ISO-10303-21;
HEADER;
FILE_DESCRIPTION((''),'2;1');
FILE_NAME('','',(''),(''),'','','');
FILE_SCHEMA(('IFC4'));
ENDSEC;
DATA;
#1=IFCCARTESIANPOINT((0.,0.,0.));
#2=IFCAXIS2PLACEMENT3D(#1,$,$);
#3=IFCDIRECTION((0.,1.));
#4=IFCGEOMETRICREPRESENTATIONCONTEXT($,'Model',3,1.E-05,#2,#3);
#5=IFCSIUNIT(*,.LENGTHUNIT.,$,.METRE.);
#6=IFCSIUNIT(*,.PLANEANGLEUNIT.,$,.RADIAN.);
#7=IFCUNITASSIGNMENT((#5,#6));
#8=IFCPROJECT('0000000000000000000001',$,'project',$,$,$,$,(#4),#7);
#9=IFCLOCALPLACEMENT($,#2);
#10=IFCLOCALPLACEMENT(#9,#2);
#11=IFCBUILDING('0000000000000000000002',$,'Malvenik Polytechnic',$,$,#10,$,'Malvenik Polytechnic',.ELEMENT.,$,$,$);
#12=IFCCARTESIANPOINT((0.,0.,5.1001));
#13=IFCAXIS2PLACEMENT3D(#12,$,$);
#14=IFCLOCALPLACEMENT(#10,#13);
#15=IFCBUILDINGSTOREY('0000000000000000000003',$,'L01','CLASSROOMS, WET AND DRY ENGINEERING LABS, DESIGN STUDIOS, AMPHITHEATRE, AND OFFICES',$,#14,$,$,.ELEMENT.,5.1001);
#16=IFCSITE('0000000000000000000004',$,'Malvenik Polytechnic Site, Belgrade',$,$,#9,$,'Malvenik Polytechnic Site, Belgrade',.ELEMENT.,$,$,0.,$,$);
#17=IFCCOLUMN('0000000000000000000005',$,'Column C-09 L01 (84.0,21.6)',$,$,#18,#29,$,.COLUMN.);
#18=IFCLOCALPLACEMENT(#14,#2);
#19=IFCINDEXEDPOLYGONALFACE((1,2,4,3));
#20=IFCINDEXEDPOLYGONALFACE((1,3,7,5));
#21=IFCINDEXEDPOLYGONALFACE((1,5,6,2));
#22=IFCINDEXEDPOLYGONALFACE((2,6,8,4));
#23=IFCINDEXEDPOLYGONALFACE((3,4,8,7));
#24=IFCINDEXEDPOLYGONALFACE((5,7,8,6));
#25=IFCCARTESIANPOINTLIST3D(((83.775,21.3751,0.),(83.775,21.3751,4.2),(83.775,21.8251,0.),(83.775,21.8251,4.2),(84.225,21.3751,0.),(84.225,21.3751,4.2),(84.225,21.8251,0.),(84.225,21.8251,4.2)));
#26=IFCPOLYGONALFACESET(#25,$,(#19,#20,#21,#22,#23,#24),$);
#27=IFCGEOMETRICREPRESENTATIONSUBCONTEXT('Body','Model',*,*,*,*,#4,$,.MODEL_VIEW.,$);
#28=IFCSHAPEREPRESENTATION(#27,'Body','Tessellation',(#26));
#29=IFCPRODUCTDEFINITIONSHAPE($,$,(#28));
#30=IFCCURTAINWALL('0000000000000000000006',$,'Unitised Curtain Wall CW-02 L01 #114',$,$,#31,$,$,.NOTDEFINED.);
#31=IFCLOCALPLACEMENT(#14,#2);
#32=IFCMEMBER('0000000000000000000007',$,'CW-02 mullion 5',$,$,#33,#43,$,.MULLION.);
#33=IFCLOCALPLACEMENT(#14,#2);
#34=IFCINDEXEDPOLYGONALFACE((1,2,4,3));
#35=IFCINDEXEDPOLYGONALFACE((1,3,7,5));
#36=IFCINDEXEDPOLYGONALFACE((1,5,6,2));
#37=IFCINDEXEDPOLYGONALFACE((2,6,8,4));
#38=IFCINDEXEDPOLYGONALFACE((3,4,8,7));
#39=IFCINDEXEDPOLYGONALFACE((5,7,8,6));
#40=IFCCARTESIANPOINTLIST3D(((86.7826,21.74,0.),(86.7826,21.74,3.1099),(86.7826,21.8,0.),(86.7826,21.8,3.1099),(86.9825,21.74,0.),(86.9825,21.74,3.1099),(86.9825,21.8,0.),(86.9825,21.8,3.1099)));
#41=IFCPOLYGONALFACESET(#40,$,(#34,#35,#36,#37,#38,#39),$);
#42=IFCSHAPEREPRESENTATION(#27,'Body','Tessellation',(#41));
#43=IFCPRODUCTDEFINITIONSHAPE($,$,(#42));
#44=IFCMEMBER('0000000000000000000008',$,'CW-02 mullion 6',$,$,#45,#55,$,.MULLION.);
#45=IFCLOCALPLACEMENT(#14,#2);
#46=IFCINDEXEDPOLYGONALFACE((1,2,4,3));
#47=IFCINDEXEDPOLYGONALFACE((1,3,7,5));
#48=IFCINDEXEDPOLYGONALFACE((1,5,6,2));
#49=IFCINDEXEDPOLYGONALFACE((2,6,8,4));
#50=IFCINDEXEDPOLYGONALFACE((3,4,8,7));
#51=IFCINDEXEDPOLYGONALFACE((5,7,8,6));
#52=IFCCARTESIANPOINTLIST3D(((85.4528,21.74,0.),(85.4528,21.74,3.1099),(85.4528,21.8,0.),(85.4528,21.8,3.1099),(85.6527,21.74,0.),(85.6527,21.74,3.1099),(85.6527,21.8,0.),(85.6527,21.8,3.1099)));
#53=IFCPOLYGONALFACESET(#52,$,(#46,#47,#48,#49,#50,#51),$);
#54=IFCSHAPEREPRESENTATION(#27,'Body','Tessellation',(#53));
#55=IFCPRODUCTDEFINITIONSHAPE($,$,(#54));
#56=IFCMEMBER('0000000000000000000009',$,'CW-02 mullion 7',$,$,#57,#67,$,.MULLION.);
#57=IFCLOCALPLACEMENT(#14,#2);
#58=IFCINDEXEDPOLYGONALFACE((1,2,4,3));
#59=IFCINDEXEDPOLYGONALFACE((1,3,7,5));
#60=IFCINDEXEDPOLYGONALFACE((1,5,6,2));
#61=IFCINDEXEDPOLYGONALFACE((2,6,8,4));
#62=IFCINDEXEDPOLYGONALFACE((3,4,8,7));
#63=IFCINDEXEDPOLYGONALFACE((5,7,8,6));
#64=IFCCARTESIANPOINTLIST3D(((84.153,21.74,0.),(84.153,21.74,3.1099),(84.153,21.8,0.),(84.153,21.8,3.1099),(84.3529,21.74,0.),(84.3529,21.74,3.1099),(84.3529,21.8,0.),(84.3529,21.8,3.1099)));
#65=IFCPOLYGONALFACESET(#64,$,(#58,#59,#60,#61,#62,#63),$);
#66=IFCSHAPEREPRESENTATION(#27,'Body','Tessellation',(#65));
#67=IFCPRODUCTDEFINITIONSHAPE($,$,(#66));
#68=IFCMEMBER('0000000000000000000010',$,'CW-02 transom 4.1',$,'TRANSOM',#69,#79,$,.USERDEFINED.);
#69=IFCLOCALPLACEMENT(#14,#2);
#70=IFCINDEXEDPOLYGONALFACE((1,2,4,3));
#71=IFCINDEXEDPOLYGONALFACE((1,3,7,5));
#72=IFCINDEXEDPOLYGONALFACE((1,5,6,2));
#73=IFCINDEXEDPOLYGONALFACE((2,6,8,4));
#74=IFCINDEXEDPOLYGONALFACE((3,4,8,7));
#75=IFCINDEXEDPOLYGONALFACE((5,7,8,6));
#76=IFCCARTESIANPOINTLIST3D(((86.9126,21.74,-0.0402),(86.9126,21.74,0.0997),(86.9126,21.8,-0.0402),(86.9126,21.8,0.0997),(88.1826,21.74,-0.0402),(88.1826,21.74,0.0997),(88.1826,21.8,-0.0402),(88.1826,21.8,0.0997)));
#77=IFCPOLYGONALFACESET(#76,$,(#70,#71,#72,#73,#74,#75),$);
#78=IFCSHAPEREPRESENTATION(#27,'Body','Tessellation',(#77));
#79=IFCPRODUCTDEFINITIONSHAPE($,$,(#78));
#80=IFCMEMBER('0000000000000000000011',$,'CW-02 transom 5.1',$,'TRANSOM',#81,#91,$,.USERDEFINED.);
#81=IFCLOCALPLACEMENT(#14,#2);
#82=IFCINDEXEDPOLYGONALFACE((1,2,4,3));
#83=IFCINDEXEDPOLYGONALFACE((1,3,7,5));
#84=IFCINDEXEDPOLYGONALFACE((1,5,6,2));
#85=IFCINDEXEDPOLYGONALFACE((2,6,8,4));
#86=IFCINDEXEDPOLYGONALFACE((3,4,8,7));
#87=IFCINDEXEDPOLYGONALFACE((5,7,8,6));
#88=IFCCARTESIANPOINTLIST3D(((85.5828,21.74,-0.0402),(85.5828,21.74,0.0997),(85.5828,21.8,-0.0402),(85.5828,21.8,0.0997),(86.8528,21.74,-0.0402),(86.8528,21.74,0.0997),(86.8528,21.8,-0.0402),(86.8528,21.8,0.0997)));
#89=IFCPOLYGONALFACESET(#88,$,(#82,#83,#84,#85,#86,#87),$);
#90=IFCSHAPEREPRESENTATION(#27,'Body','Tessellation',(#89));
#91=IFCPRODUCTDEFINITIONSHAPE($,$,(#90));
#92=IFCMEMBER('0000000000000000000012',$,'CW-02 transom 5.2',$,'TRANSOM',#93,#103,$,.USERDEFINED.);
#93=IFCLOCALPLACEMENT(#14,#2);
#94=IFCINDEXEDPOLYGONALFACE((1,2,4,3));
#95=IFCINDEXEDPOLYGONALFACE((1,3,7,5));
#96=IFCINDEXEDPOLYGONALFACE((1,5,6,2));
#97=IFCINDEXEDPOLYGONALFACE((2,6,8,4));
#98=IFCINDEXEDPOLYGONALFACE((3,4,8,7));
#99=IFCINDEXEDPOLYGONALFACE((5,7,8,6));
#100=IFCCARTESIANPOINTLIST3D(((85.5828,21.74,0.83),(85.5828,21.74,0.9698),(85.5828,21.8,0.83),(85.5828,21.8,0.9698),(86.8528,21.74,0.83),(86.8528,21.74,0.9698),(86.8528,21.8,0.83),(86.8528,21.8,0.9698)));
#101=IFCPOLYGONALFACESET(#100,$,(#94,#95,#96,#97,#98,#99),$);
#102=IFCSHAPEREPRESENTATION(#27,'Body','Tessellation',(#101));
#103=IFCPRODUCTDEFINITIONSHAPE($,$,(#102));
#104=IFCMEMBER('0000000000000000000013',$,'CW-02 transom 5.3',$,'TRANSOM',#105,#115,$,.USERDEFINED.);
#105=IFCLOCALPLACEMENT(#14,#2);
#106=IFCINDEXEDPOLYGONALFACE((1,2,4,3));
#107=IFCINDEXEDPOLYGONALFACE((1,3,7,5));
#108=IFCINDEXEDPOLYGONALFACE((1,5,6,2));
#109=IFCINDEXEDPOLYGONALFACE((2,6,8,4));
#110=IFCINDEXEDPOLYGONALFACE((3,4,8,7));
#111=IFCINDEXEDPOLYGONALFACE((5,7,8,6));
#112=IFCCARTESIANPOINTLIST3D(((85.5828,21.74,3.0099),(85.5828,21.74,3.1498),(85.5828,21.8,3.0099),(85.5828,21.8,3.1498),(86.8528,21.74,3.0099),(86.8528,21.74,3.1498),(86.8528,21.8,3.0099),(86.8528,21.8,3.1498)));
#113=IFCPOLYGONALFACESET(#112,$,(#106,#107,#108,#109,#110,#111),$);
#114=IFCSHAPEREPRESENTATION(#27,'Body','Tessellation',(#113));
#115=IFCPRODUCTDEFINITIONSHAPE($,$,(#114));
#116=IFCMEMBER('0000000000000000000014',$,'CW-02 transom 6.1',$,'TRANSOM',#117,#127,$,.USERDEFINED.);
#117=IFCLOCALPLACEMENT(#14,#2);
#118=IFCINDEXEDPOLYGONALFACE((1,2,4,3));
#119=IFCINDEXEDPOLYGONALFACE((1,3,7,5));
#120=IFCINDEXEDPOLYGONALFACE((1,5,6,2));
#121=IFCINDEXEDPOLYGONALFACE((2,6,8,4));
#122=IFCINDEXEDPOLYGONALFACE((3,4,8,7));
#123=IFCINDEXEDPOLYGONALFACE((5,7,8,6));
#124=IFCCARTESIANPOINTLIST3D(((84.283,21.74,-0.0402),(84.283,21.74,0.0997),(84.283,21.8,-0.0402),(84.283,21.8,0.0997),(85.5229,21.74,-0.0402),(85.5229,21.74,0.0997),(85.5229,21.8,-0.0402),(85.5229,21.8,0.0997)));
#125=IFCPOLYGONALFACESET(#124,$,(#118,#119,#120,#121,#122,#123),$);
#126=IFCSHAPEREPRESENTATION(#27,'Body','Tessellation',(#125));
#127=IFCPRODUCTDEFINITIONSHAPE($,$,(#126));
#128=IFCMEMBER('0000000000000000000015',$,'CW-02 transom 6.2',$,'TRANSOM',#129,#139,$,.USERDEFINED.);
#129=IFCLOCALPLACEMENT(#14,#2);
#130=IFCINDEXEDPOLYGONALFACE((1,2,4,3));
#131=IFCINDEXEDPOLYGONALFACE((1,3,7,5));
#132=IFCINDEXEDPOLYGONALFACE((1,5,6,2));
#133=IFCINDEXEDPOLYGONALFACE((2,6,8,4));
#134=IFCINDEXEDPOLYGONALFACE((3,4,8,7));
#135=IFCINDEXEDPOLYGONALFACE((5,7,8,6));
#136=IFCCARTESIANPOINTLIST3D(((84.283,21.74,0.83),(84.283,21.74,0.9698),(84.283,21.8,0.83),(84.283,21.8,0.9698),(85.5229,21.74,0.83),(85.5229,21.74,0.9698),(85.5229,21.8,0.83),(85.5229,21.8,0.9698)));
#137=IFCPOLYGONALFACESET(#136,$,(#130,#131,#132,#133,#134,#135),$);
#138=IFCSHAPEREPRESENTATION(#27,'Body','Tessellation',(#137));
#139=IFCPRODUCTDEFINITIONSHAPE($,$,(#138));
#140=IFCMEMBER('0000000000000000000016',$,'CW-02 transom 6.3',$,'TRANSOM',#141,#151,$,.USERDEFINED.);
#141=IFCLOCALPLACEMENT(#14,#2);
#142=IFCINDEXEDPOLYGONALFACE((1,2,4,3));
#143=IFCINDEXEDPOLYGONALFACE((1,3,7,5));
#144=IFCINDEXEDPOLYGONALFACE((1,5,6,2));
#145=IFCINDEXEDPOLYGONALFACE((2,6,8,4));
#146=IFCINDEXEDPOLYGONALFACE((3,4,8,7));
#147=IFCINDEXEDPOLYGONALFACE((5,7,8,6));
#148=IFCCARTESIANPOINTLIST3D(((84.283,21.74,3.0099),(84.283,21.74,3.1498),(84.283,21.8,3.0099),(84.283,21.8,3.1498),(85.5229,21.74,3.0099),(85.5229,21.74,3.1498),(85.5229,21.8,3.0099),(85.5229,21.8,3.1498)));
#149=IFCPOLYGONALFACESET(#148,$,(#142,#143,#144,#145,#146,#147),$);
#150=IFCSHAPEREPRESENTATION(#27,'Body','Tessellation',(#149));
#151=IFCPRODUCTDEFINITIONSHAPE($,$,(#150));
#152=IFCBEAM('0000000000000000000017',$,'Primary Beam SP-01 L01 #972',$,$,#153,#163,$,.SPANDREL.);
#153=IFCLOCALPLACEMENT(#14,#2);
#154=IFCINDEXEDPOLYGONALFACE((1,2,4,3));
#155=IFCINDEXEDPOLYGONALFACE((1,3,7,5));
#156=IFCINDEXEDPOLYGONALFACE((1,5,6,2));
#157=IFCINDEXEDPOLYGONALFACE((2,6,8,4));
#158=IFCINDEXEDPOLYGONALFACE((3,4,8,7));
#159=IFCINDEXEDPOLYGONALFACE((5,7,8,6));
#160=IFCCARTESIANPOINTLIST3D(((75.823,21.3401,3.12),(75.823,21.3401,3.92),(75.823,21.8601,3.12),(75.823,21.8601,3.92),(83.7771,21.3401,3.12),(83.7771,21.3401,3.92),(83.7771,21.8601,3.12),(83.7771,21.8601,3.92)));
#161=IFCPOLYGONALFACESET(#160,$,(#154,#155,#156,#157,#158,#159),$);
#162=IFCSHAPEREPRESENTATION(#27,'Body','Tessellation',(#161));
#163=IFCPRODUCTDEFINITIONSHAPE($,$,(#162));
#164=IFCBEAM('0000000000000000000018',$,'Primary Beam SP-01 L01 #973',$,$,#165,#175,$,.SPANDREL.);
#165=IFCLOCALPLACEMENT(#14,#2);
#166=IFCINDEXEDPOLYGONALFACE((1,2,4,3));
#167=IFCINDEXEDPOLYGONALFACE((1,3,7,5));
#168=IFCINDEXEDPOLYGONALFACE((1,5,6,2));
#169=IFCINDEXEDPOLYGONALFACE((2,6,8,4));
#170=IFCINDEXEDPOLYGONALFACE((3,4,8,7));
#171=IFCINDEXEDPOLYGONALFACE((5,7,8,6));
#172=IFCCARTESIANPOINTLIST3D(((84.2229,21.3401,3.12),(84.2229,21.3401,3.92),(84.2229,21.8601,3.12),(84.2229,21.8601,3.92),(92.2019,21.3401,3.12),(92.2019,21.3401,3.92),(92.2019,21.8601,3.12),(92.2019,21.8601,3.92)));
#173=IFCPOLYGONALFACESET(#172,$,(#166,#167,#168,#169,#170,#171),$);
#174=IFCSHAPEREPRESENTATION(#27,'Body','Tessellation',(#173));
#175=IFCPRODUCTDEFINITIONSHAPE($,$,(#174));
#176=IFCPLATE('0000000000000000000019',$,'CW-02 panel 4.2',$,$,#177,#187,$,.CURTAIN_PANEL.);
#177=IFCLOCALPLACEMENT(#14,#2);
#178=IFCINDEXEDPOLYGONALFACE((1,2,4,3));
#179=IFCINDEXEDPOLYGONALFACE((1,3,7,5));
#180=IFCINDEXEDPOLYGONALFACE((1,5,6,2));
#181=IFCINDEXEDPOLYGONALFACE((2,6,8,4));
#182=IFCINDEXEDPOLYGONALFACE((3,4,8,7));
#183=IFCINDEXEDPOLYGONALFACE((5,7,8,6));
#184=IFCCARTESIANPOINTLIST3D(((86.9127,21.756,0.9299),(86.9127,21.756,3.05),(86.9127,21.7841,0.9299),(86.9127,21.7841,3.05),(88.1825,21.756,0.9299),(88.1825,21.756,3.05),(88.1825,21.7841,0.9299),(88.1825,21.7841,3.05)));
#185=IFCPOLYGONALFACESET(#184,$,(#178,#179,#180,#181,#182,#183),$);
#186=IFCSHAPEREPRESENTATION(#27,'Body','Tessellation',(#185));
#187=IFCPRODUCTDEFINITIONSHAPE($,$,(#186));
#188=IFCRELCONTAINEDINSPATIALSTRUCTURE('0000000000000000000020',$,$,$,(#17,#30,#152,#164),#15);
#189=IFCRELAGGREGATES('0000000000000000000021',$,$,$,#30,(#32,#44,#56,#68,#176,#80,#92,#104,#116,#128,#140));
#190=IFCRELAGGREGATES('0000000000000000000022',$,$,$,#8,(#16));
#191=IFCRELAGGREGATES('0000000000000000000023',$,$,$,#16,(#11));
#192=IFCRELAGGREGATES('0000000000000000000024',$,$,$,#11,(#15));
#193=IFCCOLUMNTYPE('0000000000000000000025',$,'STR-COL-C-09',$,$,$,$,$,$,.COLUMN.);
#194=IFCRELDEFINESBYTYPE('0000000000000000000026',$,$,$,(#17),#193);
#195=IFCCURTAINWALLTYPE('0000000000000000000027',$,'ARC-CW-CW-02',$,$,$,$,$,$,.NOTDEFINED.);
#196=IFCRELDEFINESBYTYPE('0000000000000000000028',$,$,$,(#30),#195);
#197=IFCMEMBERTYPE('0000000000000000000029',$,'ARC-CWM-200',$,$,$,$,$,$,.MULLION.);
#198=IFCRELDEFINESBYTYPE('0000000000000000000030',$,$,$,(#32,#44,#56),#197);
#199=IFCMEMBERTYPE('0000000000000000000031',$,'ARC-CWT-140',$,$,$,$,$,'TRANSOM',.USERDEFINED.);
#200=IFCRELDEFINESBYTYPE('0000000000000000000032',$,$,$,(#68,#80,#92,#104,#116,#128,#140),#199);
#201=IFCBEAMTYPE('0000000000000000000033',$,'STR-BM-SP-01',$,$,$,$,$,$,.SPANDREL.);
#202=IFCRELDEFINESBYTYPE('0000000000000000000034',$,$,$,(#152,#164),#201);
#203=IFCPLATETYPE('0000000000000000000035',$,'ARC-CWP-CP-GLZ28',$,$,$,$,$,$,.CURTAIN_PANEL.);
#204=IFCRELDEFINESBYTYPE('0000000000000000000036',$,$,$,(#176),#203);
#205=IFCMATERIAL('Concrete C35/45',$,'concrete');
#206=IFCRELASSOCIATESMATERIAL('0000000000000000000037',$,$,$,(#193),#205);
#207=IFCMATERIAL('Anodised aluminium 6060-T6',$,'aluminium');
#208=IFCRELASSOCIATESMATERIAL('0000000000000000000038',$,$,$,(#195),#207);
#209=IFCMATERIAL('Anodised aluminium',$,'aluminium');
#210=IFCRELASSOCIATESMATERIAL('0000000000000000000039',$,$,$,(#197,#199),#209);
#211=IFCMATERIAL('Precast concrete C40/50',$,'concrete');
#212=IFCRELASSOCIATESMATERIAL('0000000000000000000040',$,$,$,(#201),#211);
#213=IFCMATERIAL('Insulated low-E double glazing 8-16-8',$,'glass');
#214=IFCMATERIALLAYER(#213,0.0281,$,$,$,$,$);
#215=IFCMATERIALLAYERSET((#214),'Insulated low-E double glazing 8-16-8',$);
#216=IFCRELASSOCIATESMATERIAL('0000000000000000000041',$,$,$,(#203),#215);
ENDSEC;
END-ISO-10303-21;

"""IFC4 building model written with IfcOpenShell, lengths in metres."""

from ifc_helpers import new_model, si_unit, direction, frame, origin, origin_2d, place, context, subcontext, project, spatial, rectangle, extrude, material, layer, layer_set, material_profile, profile_set, type_object, element, aggregate, save


model = new_model("IFC4")

# Units and contexts
model_context = context("Model", 3, precision=1e-05, world=origin(), true_north=direction((0.0, 1.0)))
body_context = subcontext(model_context, "Body", "Model", "MODEL_VIEW")
ifc_project = project(units=[si_unit("LENGTHUNIT", "METRE"), si_unit("PLANEANGLEUNIT", "RADIAN")], contexts=[model_context])

# Site, building, storey
site_placement = place(None, origin())
site = spatial("IfcSite", under=ifc_project, at=site_placement, Name="Malvenik Polytechnic Site, Belgrade", LongName="Malvenik Polytechnic Site, Belgrade", CompositionType="ELEMENT", RefElevation=0.0)
building_placement = place(site_placement, origin())
building = spatial("IfcBuilding", under=site, at=building_placement, Name="Malvenik Polytechnic", LongName="Malvenik Polytechnic", CompositionType="ELEMENT")
storey_placement = place(building_placement, frame((0.0, 0.0, 5.1001)))
storey = spatial("IfcBuildingStorey", under=building, at=storey_placement, Name="L01", Description="CLASSROOMS, WET AND DRY ENGINEERING LABS, DESIGN STUDIOS, AMPHITHEATRE, AND OFFICES", CompositionType="ELEMENT", Elevation=5.1001)

# Column
ifc_material_1 = material(Name="Concrete C35/45", Category="concrete")
ifc_material_profile_1 = material_profile(ifc_material_1, rectangle(XDim=0.45, YDim=0.45, at=origin_2d()), Name="RC COL 450x450")
ifc_profile_set_1 = profile_set([ifc_material_profile_1], Name="Concrete C35/45")
column_type = type_object("IfcColumnType", Name="STR-COL-C-09", PredefinedType="COLUMN", material=ifc_profile_set_1)
column_placement = place(storey_placement, frame((84.0, 21.6001, 0.0), z_axis=(0.0, 0.0, 1.0), x_axis=(1.0, 0.0, 0.0)))
element("IfcColumn", 1, at=column_placement, inside=storey, type_object=column_type, Name="Column C-09 L01 (84.0,21.6)", PredefinedType="COLUMN", context=body_context, shape_type="SweptSolid", body=[
    extrude(rectangle(XDim=0.45, YDim=0.45, at=origin_2d()), origin(), (0.0, 0.0, 1.0), 4.2),
])

# Curtain wall, members
ifc_material_2 = material(Name="Anodised aluminium 6060-T6", Category="aluminium")
curtain_wall_type = type_object("IfcCurtainWallType", Name="ARC-CW-CW-02", PredefinedType="NOTDEFINED", material=ifc_material_2)
curtain_wall_placement = place(storey_placement, origin())
curtain_wall = element("IfcCurtainWall", 2, at=curtain_wall_placement, inside=storey, type_object=curtain_wall_type, Name="Unitised Curtain Wall CW-02 L01 #114", PredefinedType="NOTDEFINED")
ifc_material_3 = material(Name="Anodised aluminium", Category="aluminium")
ifc_material_profile_2 = material_profile(ifc_material_3, rectangle(XDim=0.0601, YDim=0.2, at=origin_2d()), Name="ALU MULLION 60x200")
ifc_profile_set_2 = profile_set([ifc_material_profile_2], Name="Anodised aluminium")
member_type_1 = type_object("IfcMemberType", Name="ARC-CWM-200", PredefinedType="MULLION", material=ifc_profile_set_2)
member_1_placement = place(storey_placement, frame((86.8826, 21.77, 0.0), z_axis=(0.0, 0.0, 1.0), x_axis=(0.0, -1.0, 0.0)))
member_1 = element("IfcMember", 3, at=member_1_placement, type_object=member_type_1, Name="CW-02 mullion 5", PredefinedType="MULLION", context=body_context, shape_type="SweptSolid", body=[
    extrude(rectangle(XDim=0.0601, YDim=0.2, at=origin_2d()), origin(), (0.0, 0.0, 1.0), 3.1099),
])
member_2_placement = place(storey_placement, frame((85.5527, 21.77, 0.0), z_axis=(0.0, 0.0, 1.0), x_axis=(0.0, -1.0, 0.0)))
member_2 = element("IfcMember", 4, at=member_2_placement, type_object=member_type_1, Name="CW-02 mullion 6", PredefinedType="MULLION", context=body_context, shape_type="SweptSolid", body=[
    extrude(rectangle(XDim=0.0601, YDim=0.2, at=origin_2d()), origin(), (0.0, 0.0, 1.0), 3.1099),
])
member_3_placement = place(storey_placement, frame((84.2529, 21.77, 0.0), z_axis=(0.0, 0.0, 1.0), x_axis=(0.0, -1.0, 0.0)))
member_3 = element("IfcMember", 5, at=member_3_placement, type_object=member_type_1, Name="CW-02 mullion 7", PredefinedType="MULLION", context=body_context, shape_type="SweptSolid", body=[
    extrude(rectangle(XDim=0.0601, YDim=0.2, at=origin_2d()), origin(), (0.0, 0.0, 1.0), 3.1099),
])
ifc_material_profile_3 = material_profile(ifc_material_3, rectangle(XDim=0.0601, YDim=0.1399, at=origin_2d()), Name="ALU TRANSOM 60x140")
ifc_profile_set_3 = profile_set([ifc_material_profile_3], Name="Anodised aluminium")
member_type_2 = type_object("IfcMemberType", Name="ARC-CWT-140", ElementType="TRANSOM", PredefinedType="USERDEFINED", material=ifc_profile_set_3)
member_4_placement = place(storey_placement, frame((88.1826, 21.77, 0.0298), z_axis=(-1.0, 0.0, 0.0), x_axis=(0.0, -1.0, 0.0)))
member_4 = element("IfcMember", 6, at=member_4_placement, type_object=member_type_2, Name="CW-02 transom 4.1", ObjectType="TRANSOM", PredefinedType="USERDEFINED", context=body_context, shape_type="SweptSolid", body=[
    extrude(rectangle(XDim=0.0601, YDim=0.1399, at=origin_2d()), origin(), (0.0, 0.0, 1.0), 1.27),
])
member_5_placement = place(storey_placement, frame((86.8528, 21.77, 0.0298), z_axis=(-1.0, 0.0, 0.0), x_axis=(0.0, -1.0, 0.0)))
member_5 = element("IfcMember", 7, at=member_5_placement, type_object=member_type_2, Name="CW-02 transom 5.1", ObjectType="TRANSOM", PredefinedType="USERDEFINED", context=body_context, shape_type="SweptSolid", body=[
    extrude(rectangle(XDim=0.0601, YDim=0.1399, at=origin_2d()), origin(), (0.0, 0.0, 1.0), 1.27),
])
member_6_placement = place(storey_placement, frame((86.8528, 21.77, 0.8999), z_axis=(-1.0, 0.0, 0.0), x_axis=(0.0, -1.0, 0.0)))
member_6 = element("IfcMember", 8, at=member_6_placement, type_object=member_type_2, Name="CW-02 transom 5.2", ObjectType="TRANSOM", PredefinedType="USERDEFINED", context=body_context, shape_type="SweptSolid", body=[
    extrude(rectangle(XDim=0.0601, YDim=0.1399, at=origin_2d()), origin(), (0.0, 0.0, 1.0), 1.27),
])
member_7_placement = place(storey_placement, frame((86.8528, 21.77, 3.0798), z_axis=(-1.0, 0.0, 0.0), x_axis=(0.0, -1.0, 0.0)))
member_7 = element("IfcMember", 9, at=member_7_placement, type_object=member_type_2, Name="CW-02 transom 5.3", ObjectType="TRANSOM", PredefinedType="USERDEFINED", context=body_context, shape_type="SweptSolid", body=[
    extrude(rectangle(XDim=0.0601, YDim=0.1399, at=origin_2d()), origin(), (0.0, 0.0, 1.0), 1.27),
])
member_8_placement = place(storey_placement, frame((85.5229, 21.77, 0.0298), z_axis=(-1.0, 0.0, 0.0), x_axis=(0.0, -1.0, 0.0)))
member_8 = element("IfcMember", 10, at=member_8_placement, type_object=member_type_2, Name="CW-02 transom 6.1", ObjectType="TRANSOM", PredefinedType="USERDEFINED", context=body_context, shape_type="SweptSolid", body=[
    extrude(rectangle(XDim=0.0601, YDim=0.1399, at=origin_2d()), origin(), (0.0, 0.0, 1.0), 1.24),
])
member_9_placement = place(storey_placement, frame((85.5229, 21.77, 0.8999), z_axis=(-1.0, 0.0, 0.0), x_axis=(0.0, -1.0, 0.0)))
member_9 = element("IfcMember", 11, at=member_9_placement, type_object=member_type_2, Name="CW-02 transom 6.2", ObjectType="TRANSOM", PredefinedType="USERDEFINED", context=body_context, shape_type="SweptSolid", body=[
    extrude(rectangle(XDim=0.0601, YDim=0.1399, at=origin_2d()), origin(), (0.0, 0.0, 1.0), 1.24),
])
member_10_placement = place(storey_placement, frame((85.5229, 21.77, 3.0798), z_axis=(-1.0, 0.0, 0.0), x_axis=(0.0, -1.0, 0.0)))
member_10 = element("IfcMember", 12, at=member_10_placement, type_object=member_type_2, Name="CW-02 transom 6.3", ObjectType="TRANSOM", PredefinedType="USERDEFINED", context=body_context, shape_type="SweptSolid", body=[
    extrude(rectangle(XDim=0.0601, YDim=0.1399, at=origin_2d()), origin(), (0.0, 0.0, 1.0), 1.24),
])

# Beams
ifc_material_4 = material(Name="Precast concrete C40/50", Category="concrete")
ifc_material_profile_4 = material_profile(ifc_material_4, rectangle(XDim=0.52, YDim=0.8, at=origin_2d()), Name="PC SPN 520x800")
ifc_profile_set_4 = profile_set([ifc_material_profile_4], Name="Precast concrete C40/50")
beam_type = type_object("IfcBeamType", Name="STR-BM-SP-01", PredefinedType="SPANDREL", material=ifc_profile_set_4)
beam_1_placement = place(storey_placement, frame((75.823, 21.6001, 3.52), z_axis=(1.0, 0.0, 0.0), x_axis=(0.0, 1.0, 0.0)))
element("IfcBeam", 13, at=beam_1_placement, inside=storey, type_object=beam_type, Name="Primary Beam SP-01 L01 #972", PredefinedType="SPANDREL", context=body_context, shape_type="SweptSolid", body=[
    extrude(rectangle(XDim=0.52, YDim=0.8, at=origin_2d()), origin(), (0.0, 0.0, 1.0), 7.9541),
])
beam_2_placement = place(storey_placement, frame((84.2229, 21.6001, 3.52), z_axis=(1.0, 0.0, 0.0), x_axis=(0.0, 1.0, 0.0)))
element("IfcBeam", 14, at=beam_2_placement, inside=storey, type_object=beam_type, Name="Primary Beam SP-01 L01 #973", PredefinedType="SPANDREL", context=body_context, shape_type="SweptSolid", body=[
    extrude(rectangle(XDim=0.52, YDim=0.8, at=origin_2d()), origin(), (0.0, 0.0, 1.0), 7.979),
])

# Plate
ifc_material_5 = material(Name="Insulated low-E double glazing 8-16-8", Category="glass")
ifc_layer_1 = layer(ifc_material_5, 0.0281)
ifc_layer_set_1 = layer_set([ifc_layer_1], Name="Insulated low-E double glazing 8-16-8")
plate_type_1 = type_object("IfcPlateType", Name="ARC-CWP-CP-GLZ28", PredefinedType="CURTAIN_PANEL", material=ifc_layer_set_1)
plate_1_placement = place(storey_placement, frame((87.5476, 21.77, 0.9299), z_axis=(0.0, 0.0, 1.0), x_axis=(-1.0, 0.0, 0.0)))
plate_1 = element("IfcPlate", 15, at=plate_1_placement, type_object=plate_type_1, Name="CW-02 panel 4.2", PredefinedType="CURTAIN_PANEL", context=body_context, shape_type="SweptSolid", body=[
    extrude(rectangle(XDim=1.2698, YDim=0.0281, at=origin_2d()), origin(), (0.0, 0.0, 1.0), 2.1201),
])
aggregate(curtain_wall, [member_1, member_2, member_3, member_4, plate_1, member_5, member_6, member_7, member_8, member_9, member_10])

save(model, "model.ifc")
